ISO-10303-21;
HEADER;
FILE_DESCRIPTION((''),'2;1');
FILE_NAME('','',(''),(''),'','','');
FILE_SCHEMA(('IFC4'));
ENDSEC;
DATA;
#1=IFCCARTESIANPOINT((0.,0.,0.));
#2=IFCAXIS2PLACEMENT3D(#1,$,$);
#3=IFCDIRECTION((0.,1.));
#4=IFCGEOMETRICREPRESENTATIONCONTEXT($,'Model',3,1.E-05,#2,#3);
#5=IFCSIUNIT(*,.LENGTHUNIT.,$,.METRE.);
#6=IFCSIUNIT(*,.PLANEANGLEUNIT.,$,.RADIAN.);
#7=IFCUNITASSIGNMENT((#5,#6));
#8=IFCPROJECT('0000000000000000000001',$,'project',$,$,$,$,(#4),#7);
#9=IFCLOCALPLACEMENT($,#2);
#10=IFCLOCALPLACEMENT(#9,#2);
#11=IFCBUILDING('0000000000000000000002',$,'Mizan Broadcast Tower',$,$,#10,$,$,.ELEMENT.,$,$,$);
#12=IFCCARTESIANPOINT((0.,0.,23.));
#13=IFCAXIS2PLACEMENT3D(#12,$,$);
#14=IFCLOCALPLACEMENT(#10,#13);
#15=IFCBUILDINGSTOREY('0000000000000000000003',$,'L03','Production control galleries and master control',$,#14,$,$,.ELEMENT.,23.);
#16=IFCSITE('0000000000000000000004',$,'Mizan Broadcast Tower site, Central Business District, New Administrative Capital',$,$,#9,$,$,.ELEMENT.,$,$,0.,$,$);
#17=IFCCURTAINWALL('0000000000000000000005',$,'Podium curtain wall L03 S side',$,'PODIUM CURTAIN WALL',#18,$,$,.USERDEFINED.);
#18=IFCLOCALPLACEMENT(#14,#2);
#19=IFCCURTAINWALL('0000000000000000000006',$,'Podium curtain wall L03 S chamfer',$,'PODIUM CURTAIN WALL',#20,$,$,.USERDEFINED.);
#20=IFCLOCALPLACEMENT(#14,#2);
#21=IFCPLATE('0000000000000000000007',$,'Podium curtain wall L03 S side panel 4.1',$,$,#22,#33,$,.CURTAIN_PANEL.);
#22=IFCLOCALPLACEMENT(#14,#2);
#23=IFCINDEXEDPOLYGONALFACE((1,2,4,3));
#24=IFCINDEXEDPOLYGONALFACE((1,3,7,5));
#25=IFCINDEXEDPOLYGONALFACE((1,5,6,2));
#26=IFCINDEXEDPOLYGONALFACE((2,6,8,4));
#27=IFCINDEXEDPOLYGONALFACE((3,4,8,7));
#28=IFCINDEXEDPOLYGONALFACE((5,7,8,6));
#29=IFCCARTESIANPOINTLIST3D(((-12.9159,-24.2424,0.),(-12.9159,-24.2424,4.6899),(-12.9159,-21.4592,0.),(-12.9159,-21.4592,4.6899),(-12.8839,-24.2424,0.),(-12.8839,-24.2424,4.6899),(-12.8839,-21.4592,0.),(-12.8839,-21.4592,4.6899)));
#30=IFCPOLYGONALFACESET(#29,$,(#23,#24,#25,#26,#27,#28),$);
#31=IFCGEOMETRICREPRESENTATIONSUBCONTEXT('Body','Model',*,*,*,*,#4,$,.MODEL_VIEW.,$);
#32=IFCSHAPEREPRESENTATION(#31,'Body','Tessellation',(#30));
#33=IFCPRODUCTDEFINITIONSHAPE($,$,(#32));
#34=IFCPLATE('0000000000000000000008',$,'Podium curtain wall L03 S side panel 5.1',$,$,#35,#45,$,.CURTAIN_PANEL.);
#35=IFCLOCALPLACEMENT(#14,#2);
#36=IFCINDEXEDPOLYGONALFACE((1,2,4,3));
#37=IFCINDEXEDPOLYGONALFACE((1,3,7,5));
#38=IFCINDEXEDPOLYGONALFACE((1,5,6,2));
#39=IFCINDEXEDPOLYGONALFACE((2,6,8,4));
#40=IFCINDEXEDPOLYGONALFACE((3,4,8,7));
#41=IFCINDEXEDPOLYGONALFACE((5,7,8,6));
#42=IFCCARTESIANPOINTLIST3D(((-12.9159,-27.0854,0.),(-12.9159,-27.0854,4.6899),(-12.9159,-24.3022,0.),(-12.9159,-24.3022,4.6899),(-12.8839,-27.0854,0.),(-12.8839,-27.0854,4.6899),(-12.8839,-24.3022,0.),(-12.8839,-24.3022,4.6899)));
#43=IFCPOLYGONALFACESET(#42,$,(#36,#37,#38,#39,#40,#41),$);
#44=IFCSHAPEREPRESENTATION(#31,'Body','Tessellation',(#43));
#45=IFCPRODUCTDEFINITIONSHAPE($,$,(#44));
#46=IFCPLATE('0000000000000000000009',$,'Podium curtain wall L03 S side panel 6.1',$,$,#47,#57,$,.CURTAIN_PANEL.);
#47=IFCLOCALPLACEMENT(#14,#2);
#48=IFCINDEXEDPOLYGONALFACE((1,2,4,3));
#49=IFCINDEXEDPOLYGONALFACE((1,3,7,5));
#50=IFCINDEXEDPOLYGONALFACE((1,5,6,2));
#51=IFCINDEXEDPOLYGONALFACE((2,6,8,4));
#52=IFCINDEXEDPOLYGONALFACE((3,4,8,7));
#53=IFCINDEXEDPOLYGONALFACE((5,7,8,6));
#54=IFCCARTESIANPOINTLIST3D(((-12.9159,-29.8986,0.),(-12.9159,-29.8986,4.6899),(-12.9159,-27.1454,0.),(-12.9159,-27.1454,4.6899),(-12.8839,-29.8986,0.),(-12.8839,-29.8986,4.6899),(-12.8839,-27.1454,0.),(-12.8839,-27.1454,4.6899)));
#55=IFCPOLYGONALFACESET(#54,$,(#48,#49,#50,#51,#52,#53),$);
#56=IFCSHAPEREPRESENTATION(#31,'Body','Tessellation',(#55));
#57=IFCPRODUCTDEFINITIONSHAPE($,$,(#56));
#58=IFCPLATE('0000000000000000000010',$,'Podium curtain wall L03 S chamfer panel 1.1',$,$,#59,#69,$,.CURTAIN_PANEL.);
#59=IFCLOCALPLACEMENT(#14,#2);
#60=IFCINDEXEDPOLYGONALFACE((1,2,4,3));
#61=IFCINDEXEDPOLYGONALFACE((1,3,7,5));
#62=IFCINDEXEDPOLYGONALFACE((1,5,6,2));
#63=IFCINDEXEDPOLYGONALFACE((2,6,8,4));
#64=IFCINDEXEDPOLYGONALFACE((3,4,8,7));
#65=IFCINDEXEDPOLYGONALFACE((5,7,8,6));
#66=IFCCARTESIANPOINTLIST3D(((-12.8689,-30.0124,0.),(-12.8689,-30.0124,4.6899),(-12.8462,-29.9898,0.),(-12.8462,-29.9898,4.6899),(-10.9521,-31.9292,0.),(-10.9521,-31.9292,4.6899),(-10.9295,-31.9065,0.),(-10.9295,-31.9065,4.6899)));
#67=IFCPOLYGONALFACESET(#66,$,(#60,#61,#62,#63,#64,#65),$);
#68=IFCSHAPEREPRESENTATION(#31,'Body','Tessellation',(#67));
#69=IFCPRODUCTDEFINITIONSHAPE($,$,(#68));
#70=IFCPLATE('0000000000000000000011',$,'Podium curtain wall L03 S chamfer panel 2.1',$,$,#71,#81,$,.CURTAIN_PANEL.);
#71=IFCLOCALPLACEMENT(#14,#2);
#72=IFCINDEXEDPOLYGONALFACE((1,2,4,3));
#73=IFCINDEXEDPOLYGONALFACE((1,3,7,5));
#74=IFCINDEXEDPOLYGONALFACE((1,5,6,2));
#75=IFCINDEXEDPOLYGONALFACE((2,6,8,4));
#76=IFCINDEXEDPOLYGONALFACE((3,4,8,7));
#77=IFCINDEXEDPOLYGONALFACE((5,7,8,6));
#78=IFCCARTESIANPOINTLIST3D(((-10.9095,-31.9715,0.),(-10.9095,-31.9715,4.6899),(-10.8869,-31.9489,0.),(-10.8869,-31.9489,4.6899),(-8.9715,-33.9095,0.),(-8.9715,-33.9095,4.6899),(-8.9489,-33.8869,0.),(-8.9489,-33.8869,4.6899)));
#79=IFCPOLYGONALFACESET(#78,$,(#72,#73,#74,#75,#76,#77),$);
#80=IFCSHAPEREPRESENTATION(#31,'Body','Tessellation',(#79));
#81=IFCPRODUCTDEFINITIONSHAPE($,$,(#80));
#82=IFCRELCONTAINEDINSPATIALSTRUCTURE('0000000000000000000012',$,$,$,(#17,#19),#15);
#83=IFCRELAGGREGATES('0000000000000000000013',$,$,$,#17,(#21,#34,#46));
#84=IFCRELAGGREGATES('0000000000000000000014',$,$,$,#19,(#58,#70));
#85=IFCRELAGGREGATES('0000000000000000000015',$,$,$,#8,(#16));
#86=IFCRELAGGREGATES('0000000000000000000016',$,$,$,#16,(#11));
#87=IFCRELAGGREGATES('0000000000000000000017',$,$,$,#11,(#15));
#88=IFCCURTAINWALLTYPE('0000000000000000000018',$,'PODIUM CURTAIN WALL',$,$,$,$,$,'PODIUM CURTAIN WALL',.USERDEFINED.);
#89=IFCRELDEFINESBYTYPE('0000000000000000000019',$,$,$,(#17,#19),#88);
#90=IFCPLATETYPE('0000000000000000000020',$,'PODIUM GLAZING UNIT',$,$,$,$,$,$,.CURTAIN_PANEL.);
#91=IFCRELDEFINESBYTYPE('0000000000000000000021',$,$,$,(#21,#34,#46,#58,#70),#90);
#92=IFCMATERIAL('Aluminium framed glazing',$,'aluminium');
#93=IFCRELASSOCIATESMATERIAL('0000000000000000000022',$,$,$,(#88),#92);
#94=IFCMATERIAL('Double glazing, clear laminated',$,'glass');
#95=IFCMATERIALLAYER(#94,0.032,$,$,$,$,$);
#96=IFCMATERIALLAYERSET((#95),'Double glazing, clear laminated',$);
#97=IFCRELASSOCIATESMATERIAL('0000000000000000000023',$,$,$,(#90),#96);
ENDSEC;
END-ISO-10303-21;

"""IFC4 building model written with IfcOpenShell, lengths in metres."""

from ifc_helpers import new_model, si_unit, direction, frame, origin, origin_2d, place, context, subcontext, project, spatial, rectangle, extrude, material, layer, layer_set, type_object, element, aggregate, save


model = new_model("IFC4")

# Units and contexts
model_context = context("Model", 3, precision=1e-05, world=origin(), true_north=direction((0.0, 1.0)))
body_context = subcontext(model_context, "Body", "Model", "MODEL_VIEW")
ifc_project = project(units=[si_unit("LENGTHUNIT", "METRE"), si_unit("PLANEANGLEUNIT", "RADIAN")], contexts=[model_context])

# Site, building, storey
site_placement = place(None, origin())
site = spatial("IfcSite", under=ifc_project, at=site_placement, Name="Mizan Broadcast Tower site, Central Business District, New Administrative Capital", CompositionType="ELEMENT", RefElevation=0.0)
building_placement = place(site_placement, origin())
building = spatial("IfcBuilding", under=site, at=building_placement, Name="Mizan Broadcast Tower", CompositionType="ELEMENT")
storey_placement = place(building_placement, frame((0.0, 0.0, 23.0)))
storey = spatial("IfcBuildingStorey", under=building, at=storey_placement, Name="L03", Description="Production control galleries and master control", CompositionType="ELEMENT", Elevation=23.0)

# Curtain wall
ifc_material_1 = material(Name="Aluminium framed glazing", Category="aluminium")
curtain_wall_type_1 = type_object("IfcCurtainWallType", Name="PODIUM CURTAIN WALL", ElementType="PODIUM CURTAIN WALL", PredefinedType="USERDEFINED", material=ifc_material_1)
curtain_wall_1_placement = place(storey_placement, origin())
curtain_wall_1 = element("IfcCurtainWall", 1, at=curtain_wall_1_placement, inside=storey, type_object=curtain_wall_type_1, Name="Podium curtain wall L03 S side", ObjectType="PODIUM CURTAIN WALL", PredefinedType="USERDEFINED")

# Curtain wall
curtain_wall_2_placement = place(storey_placement, origin())
curtain_wall_2 = element("IfcCurtainWall", 2, at=curtain_wall_2_placement, inside=storey, type_object=curtain_wall_type_1, Name="Podium curtain wall L03 S chamfer", ObjectType="PODIUM CURTAIN WALL", PredefinedType="USERDEFINED")

# Plates
ifc_material_2 = material(Name="Double glazing, clear laminated", Category="glass")
ifc_layer_1 = layer(ifc_material_2, 0.032)
ifc_layer_set_1 = layer_set([ifc_layer_1], Name="Double glazing, clear laminated")
plate_type_1 = type_object("IfcPlateType", Name="PODIUM GLAZING UNIT", PredefinedType="CURTAIN_PANEL", material=ifc_layer_set_1)
plate_1_placement = place(storey_placement, frame((-12.8999, -22.8508, 0.0), z_axis=(0.0, 0.0, 1.0), x_axis=(0.0, -1.0, 0.0)))
plate_1 = element("IfcPlate", 3, at=plate_1_placement, type_object=plate_type_1, Name="Podium curtain wall L03 S side panel 4.1", PredefinedType="CURTAIN_PANEL", context=body_context, shape_type="SweptSolid", body=[
    extrude(rectangle(XDim=2.7832, YDim=0.032, at=origin_2d()), origin(), (0.0, 0.0, 1.0), 4.6899),
])
plate_2_placement = place(storey_placement, frame((-12.8999, -25.6938, 0.0), z_axis=(0.0, 0.0, 1.0), x_axis=(0.0, -1.0, 0.0)))
plate_2 = element("IfcPlate", 4, at=plate_2_placement, type_object=plate_type_1, Name="Podium curtain wall L03 S side panel 5.1", PredefinedType="CURTAIN_PANEL", context=body_context, shape_type="SweptSolid", body=[
    extrude(rectangle(XDim=2.7832, YDim=0.032, at=origin_2d()), origin(), (0.0, 0.0, 1.0), 4.6899),
])
plate_3_placement = place(storey_placement, frame((-12.8999, -28.522, 0.0), z_axis=(0.0, 0.0, 1.0), x_axis=(0.0, -1.0, 0.0)))
plate_3 = element("IfcPlate", 5, at=plate_3_placement, type_object=plate_type_1, Name="Podium curtain wall L03 S side panel 6.1", PredefinedType="CURTAIN_PANEL", context=body_context, shape_type="SweptSolid", body=[
    extrude(rectangle(XDim=2.7532, YDim=0.032, at=origin_2d()), origin(), (0.0, 0.0, 1.0), 4.6899),
])
aggregate(curtain_wall_1, [plate_1, plate_2, plate_3])
plate_4_placement = place(storey_placement, frame((-11.8992, -30.9595, 0.0), z_axis=(0.0, 0.0, 1.0), x_axis=(0.707107, -0.707107, 0.0)))
plate_4 = element("IfcPlate", 6, at=plate_4_placement, type_object=plate_type_1, Name="Podium curtain wall L03 S chamfer panel 1.1", PredefinedType="CURTAIN_PANEL", context=body_context, shape_type="SweptSolid", body=[
    extrude(rectangle(XDim=2.7107, YDim=0.032, at=origin_2d()), origin(), (0.0, 0.0, 1.0), 4.6899),
])
plate_5_placement = place(storey_placement, frame((-9.9292, -32.9292, 0.0), z_axis=(0.0, 0.0, 1.0), x_axis=(0.707107, -0.707107, 0.0)))
plate_5 = element("IfcPlate", 7, at=plate_5_placement, type_object=plate_type_1, Name="Podium curtain wall L03 S chamfer panel 2.1", PredefinedType="CURTAIN_PANEL", context=body_context, shape_type="SweptSolid", body=[
    extrude(rectangle(XDim=2.7407, YDim=0.032, at=origin_2d()), origin(), (0.0, 0.0, 1.0), 4.6899),
])
aggregate(curtain_wall_2, [plate_4, plate_5])

save(model, "model.ifc")
